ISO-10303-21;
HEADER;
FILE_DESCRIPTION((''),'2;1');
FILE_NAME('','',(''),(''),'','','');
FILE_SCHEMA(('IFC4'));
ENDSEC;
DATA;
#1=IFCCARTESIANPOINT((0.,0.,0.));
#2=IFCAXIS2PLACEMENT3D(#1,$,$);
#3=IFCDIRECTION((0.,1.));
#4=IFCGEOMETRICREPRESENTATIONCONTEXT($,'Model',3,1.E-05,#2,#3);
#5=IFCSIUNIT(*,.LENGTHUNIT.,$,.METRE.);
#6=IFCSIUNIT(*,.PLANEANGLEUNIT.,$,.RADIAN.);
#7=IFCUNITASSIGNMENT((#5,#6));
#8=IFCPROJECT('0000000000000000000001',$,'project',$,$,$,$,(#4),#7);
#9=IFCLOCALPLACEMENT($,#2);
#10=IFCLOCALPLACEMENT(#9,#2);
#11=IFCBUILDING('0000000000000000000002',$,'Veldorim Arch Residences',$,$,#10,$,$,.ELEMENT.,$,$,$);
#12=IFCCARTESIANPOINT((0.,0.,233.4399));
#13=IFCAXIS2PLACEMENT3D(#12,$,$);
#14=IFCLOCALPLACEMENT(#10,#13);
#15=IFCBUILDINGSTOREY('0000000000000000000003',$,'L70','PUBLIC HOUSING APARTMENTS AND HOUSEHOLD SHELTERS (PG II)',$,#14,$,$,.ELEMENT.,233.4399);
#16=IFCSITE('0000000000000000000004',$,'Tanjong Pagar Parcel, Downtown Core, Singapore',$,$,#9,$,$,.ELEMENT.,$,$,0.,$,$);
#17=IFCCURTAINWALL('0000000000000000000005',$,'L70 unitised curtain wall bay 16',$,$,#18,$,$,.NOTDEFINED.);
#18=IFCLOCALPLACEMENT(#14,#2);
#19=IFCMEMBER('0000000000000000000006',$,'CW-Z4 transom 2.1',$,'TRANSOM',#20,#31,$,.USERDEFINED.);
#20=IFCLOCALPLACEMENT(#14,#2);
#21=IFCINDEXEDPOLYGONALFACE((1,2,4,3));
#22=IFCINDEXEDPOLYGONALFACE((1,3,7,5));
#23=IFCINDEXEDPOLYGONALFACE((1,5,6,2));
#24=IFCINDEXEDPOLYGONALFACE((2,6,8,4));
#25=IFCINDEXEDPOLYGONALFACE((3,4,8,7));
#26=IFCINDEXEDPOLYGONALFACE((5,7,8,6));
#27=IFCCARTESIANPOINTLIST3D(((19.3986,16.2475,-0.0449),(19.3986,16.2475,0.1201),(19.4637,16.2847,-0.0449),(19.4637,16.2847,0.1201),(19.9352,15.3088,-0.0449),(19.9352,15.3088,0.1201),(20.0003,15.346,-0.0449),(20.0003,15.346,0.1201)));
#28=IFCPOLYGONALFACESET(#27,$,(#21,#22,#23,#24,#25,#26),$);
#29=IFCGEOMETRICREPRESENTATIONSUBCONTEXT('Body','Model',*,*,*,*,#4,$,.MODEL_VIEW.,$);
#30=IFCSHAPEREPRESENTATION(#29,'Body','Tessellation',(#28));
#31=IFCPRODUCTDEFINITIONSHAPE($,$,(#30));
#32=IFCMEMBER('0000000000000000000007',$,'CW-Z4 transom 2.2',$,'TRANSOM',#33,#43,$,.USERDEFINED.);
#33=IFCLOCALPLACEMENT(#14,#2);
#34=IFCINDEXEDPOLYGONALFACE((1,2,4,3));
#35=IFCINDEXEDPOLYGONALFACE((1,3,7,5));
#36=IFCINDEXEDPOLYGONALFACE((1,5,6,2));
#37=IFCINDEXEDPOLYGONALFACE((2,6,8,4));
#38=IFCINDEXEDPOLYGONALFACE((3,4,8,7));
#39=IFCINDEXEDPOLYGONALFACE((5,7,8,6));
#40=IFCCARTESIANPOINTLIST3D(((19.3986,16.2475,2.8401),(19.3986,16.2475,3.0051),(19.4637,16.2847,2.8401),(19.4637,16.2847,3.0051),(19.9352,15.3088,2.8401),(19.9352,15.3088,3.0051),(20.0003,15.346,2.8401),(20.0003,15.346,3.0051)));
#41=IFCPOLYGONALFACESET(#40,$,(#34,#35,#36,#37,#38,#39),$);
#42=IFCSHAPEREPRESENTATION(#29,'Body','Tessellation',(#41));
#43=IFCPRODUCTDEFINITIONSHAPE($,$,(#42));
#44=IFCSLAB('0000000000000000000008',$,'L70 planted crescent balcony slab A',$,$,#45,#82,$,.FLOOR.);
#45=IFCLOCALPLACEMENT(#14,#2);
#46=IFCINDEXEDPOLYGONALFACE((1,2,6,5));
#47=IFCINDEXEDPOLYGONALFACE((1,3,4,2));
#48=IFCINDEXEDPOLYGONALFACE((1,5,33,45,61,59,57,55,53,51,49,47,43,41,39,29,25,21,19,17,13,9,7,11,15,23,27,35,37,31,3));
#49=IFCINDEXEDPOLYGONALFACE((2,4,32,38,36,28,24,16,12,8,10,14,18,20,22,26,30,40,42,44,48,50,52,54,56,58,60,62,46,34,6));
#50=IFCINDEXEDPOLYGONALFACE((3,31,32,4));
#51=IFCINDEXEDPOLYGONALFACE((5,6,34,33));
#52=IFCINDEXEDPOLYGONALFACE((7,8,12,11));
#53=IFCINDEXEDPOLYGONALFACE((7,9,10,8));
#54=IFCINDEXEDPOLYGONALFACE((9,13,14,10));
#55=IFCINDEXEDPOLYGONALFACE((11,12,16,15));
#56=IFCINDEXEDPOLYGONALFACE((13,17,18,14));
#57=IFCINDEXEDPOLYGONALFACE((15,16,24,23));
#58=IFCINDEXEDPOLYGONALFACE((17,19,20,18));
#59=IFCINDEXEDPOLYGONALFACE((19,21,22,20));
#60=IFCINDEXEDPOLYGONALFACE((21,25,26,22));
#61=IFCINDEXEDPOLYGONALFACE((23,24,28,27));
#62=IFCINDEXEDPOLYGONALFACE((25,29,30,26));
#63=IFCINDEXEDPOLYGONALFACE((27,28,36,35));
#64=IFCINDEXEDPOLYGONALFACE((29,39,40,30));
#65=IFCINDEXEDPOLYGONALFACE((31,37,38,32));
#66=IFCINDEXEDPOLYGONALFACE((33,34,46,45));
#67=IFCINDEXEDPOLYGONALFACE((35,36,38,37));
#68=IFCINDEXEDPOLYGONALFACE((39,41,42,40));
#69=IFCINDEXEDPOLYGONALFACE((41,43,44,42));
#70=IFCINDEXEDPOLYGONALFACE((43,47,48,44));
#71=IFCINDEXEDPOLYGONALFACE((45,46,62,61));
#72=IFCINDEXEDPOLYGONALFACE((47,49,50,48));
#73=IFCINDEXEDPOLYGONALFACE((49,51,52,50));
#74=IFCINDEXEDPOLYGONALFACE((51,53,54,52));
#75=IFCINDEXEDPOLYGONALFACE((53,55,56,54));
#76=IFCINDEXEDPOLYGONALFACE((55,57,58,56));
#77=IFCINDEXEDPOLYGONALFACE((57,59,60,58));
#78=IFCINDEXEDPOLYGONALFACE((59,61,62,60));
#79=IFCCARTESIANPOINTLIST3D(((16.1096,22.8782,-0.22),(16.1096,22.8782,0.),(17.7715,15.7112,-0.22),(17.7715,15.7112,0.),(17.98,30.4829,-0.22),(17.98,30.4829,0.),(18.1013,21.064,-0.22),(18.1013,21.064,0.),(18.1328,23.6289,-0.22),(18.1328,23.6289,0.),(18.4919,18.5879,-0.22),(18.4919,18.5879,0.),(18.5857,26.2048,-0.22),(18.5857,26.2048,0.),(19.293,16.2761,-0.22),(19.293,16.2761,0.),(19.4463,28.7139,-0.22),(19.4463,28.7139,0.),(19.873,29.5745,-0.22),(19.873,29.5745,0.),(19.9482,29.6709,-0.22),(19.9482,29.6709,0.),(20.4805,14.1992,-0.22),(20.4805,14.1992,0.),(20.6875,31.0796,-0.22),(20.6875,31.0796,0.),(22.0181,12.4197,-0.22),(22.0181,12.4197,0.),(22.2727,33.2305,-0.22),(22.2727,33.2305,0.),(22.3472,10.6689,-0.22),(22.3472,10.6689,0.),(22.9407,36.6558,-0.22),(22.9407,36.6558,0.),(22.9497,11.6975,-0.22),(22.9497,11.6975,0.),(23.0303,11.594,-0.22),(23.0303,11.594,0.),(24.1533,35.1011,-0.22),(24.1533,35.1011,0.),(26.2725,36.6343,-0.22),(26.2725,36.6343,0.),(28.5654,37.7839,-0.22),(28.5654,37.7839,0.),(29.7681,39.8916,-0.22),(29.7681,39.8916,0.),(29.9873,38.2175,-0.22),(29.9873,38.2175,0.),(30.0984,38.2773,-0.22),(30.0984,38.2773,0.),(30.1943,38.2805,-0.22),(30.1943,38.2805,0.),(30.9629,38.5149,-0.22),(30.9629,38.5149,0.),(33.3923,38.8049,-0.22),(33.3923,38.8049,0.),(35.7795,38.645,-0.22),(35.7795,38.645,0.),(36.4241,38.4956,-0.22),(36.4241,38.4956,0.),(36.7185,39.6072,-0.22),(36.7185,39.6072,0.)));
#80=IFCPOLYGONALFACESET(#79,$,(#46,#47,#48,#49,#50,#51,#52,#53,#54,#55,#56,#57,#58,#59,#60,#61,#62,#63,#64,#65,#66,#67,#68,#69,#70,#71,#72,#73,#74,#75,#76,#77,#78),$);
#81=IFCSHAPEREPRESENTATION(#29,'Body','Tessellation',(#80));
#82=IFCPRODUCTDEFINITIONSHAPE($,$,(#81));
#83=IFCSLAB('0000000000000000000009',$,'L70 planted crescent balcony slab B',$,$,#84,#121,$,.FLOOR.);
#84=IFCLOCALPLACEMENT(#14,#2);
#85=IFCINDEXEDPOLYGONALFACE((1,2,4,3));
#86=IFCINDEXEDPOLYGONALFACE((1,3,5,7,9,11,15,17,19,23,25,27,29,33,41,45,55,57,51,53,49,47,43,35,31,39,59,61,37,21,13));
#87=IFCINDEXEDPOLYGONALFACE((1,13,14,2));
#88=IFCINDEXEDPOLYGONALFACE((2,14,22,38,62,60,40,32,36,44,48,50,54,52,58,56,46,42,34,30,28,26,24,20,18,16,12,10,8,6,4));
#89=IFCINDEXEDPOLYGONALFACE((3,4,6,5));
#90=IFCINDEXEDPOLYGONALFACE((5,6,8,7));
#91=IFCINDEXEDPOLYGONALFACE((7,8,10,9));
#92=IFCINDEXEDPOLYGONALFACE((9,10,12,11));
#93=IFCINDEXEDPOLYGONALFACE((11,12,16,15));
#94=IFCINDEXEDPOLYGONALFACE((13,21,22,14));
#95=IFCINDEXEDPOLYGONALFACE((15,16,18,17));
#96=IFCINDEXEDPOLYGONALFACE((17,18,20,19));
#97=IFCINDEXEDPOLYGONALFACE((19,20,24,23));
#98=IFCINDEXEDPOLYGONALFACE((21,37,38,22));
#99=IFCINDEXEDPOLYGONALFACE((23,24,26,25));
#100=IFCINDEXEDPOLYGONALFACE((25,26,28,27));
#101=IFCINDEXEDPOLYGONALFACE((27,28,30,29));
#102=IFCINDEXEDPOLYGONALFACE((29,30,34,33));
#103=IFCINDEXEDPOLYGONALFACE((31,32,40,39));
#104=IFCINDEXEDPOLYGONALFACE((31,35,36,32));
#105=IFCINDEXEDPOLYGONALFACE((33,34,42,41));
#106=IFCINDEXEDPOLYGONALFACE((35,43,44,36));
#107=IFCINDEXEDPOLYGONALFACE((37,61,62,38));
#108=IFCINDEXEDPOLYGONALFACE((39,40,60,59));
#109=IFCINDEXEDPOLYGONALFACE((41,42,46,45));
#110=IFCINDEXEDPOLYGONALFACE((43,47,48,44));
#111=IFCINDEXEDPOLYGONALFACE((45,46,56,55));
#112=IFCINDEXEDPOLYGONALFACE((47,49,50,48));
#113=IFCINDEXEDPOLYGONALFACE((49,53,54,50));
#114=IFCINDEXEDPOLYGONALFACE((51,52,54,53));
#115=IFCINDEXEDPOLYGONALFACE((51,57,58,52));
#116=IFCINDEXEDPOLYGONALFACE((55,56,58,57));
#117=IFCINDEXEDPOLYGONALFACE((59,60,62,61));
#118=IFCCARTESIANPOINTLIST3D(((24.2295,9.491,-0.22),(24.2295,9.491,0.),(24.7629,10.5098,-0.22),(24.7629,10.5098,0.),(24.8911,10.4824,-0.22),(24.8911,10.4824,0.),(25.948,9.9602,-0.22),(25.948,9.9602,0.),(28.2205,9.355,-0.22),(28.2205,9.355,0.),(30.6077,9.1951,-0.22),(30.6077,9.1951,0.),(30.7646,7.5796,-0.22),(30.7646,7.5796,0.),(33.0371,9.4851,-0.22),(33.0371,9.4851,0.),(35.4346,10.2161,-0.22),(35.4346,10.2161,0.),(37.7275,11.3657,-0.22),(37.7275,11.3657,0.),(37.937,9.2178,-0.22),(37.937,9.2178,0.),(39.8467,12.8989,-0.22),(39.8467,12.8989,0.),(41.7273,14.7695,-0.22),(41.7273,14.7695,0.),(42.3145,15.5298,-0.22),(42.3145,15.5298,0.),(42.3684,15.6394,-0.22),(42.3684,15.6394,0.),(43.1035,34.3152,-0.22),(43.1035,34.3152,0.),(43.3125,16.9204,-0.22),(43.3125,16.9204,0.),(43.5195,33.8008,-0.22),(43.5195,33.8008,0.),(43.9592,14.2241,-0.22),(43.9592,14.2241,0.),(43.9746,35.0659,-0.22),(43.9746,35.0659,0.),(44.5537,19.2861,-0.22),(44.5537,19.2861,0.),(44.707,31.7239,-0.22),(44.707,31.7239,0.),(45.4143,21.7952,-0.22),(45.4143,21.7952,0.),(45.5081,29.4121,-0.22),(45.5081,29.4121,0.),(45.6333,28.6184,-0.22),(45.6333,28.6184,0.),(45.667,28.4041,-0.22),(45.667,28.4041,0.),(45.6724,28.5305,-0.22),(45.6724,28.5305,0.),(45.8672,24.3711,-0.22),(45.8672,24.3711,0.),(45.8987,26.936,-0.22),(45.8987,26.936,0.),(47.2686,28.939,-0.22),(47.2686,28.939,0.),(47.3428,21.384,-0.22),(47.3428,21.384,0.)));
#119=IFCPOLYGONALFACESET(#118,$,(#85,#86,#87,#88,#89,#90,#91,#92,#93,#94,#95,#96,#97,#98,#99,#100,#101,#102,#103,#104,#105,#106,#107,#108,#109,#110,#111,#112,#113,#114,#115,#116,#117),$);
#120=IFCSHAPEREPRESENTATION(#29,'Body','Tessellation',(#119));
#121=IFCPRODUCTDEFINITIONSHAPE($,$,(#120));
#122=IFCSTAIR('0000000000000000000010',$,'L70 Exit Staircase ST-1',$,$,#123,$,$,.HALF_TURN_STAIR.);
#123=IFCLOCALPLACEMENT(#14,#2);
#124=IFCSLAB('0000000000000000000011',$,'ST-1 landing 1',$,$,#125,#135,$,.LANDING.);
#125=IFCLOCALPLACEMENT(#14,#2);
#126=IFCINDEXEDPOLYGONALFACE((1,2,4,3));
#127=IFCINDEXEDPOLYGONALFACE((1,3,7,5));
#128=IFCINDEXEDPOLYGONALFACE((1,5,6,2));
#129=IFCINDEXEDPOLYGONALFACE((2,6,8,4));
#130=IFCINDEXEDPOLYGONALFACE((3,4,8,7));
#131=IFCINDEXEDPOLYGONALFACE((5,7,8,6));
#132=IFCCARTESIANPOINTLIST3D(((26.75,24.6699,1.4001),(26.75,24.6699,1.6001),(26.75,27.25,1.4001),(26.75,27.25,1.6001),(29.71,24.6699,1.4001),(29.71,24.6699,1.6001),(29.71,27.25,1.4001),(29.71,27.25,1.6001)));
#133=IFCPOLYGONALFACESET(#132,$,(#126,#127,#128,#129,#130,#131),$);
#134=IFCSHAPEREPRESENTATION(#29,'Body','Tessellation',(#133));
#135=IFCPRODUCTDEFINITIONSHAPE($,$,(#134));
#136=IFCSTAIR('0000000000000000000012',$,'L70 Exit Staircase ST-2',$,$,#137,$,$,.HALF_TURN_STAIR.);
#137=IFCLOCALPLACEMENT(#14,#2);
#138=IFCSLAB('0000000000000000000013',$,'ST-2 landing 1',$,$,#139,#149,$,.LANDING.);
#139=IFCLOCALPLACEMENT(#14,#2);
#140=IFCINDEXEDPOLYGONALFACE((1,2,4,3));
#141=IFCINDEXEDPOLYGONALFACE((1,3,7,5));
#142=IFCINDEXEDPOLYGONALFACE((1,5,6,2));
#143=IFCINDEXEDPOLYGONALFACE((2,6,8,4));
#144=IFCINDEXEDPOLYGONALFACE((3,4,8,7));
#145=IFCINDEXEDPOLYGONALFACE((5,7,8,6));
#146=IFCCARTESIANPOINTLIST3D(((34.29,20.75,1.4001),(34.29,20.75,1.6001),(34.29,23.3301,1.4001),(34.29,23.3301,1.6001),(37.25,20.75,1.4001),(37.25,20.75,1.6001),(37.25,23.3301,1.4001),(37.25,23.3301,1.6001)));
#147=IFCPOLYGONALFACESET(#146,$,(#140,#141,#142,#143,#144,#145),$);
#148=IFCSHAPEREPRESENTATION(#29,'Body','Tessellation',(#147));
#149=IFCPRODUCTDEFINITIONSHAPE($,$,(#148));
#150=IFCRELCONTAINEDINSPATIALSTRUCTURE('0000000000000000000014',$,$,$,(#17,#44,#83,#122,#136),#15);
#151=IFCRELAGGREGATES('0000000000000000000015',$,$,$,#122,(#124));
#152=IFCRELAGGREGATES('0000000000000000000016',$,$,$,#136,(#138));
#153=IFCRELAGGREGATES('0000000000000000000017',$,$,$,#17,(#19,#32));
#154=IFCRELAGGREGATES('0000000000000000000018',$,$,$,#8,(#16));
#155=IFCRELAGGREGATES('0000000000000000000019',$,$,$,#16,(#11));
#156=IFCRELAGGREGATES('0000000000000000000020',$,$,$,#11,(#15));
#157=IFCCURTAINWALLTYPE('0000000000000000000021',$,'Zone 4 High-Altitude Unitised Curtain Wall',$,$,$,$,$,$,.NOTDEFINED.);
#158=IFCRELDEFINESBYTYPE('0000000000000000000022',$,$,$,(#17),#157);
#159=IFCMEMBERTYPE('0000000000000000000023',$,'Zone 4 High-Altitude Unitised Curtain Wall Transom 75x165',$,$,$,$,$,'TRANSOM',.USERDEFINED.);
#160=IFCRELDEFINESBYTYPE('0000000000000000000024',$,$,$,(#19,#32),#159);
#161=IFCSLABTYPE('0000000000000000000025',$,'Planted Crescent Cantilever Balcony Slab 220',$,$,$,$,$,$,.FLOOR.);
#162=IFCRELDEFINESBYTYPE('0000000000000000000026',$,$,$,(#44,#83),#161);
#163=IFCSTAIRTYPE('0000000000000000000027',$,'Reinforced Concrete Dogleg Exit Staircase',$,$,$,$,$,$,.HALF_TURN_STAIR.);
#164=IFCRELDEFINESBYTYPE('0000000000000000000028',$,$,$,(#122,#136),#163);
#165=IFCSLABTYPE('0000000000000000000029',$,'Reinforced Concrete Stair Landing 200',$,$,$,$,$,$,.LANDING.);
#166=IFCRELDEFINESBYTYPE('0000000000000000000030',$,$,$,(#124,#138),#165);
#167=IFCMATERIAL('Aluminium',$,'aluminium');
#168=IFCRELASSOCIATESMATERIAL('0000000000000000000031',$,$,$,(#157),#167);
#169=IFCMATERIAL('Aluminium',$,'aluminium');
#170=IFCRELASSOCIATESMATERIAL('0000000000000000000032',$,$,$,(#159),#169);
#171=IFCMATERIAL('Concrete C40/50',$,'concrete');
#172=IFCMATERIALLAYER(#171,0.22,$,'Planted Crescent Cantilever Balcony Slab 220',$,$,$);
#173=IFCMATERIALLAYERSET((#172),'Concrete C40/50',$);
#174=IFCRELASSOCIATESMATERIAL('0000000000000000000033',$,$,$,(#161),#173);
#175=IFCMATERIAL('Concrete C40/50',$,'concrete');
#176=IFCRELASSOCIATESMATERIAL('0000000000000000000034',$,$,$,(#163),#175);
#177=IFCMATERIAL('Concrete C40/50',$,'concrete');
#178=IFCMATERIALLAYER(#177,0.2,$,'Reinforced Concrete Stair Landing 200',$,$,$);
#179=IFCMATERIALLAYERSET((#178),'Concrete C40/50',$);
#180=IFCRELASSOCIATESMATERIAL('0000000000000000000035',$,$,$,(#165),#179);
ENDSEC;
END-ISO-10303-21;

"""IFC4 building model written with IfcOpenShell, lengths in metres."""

from ifc_helpers import new_model, si_unit, direction, frame, origin, origin_2d, place, context, subcontext, project, spatial, polyline, rectangle, outline, extrude, material, layer, layer_set, material_profile, profile_set, type_object, element, aggregate, save


model = new_model("IFC4")

# Units and contexts
model_context = context("Model", 3, precision=1e-05, world=origin(), true_north=direction((0.0, 1.0)))
body_context = subcontext(model_context, "Body", "Model", "MODEL_VIEW")
ifc_project = project(units=[si_unit("LENGTHUNIT", "METRE"), si_unit("PLANEANGLEUNIT", "RADIAN")], contexts=[model_context])

# Site, building, storey
site_placement = place(None, origin())
site = spatial("IfcSite", under=ifc_project, at=site_placement, Name="Tanjong Pagar Parcel, Downtown Core, Singapore", CompositionType="ELEMENT", RefElevation=0.0)
building_placement = place(site_placement, origin())
building = spatial("IfcBuilding", under=site, at=building_placement, Name="Veldorim Arch Residences", CompositionType="ELEMENT")
storey_placement = place(building_placement, frame((0.0, 0.0, 233.4399)))
storey = spatial("IfcBuildingStorey", under=building, at=storey_placement, Name="L70", Description="PUBLIC HOUSING APARTMENTS AND HOUSEHOLD SHELTERS (PG II)", CompositionType="ELEMENT", Elevation=233.4399)

# Curtain wall, members
ifc_material_1 = material(Name="Aluminium", Category="aluminium")
curtain_wall_type = type_object("IfcCurtainWallType", Name="Zone 4 High-Altitude Unitised Curtain Wall", PredefinedType="NOTDEFINED", material=ifc_material_1)
curtain_wall_placement = place(storey_placement, origin())
curtain_wall = element("IfcCurtainWall", 1, at=curtain_wall_placement, inside=storey, type_object=curtain_wall_type, Name="L70 unitised curtain wall bay 16", PredefinedType="NOTDEFINED")
ifc_material_2 = material(Name="Aluminium", Category="aluminium")
ifc_material_profile_1 = material_profile(ifc_material_2, rectangle(XDim=0.075, YDim=0.165, at=origin_2d()), Name="ALU_TRN_75x165")
ifc_profile_set_1 = profile_set([ifc_material_profile_1], Name="Aluminium")
member_type_1 = type_object("IfcMemberType", Name="Zone 4 High-Altitude Unitised Curtain Wall Transom 75x165", ElementType="TRANSOM", PredefinedType="USERDEFINED", material=ifc_profile_set_1)
member_1_placement = place(storey_placement, frame((19.9678, 15.3274, 0.0376), z_axis=(-0.496285, 0.86816, 0.0), x_axis=(-0.86816, -0.496285, 0.0)))
member_1 = element("IfcMember", 2, at=member_1_placement, type_object=member_type_1, Name="CW-Z4 transom 2.1", ObjectType="TRANSOM", PredefinedType="USERDEFINED", context=body_context, shape_type="SweptSolid", body=[
    extrude(rectangle(XDim=0.075, YDim=0.165, at=origin_2d()), origin(), (0.0, 0.0, 1.0), 1.0813),
])
member_2_placement = place(storey_placement, frame((19.9678, 15.3274, 2.9226), z_axis=(-0.496285, 0.86816, 0.0), x_axis=(-0.86816, -0.496285, 0.0)))
member_2 = element("IfcMember", 3, at=member_2_placement, type_object=member_type_1, Name="CW-Z4 transom 2.2", ObjectType="TRANSOM", PredefinedType="USERDEFINED", context=body_context, shape_type="SweptSolid", body=[
    extrude(rectangle(XDim=0.075, YDim=0.165, at=origin_2d()), origin(), (0.0, 0.0, 1.0), 1.0813),
])

# Slabs
ifc_material_3 = material(Name="Concrete C40/50", Category="concrete")
ifc_layer_1 = layer(ifc_material_3, 0.22, Name="Planted Crescent Cantilever Balcony Slab 220")
ifc_layer_set_1 = layer_set([ifc_layer_1], Name="Concrete C40/50")
slab_type_1 = type_object("IfcSlabType", Name="Planted Crescent Cantilever Balcony Slab 220", PredefinedType="FLOOR", material=ifc_layer_set_1)
slab_1_placement = place(storey_placement, frame((0.0, 0.0, -0.22)))
element("IfcSlab", 4, at=slab_1_placement, inside=storey, type_object=slab_type_1, Name="L70 planted crescent balcony slab A", PredefinedType="FLOOR", context=body_context, shape_type="SweptSolid", body=[
    extrude(outline(polyline([(36.4241, 38.4956), (35.7795, 38.645), (33.3923, 38.8049), (30.9629, 38.5149), (30.1943, 38.2805), (30.0984, 38.2773), (29.9873, 38.2175), (28.5654, 37.7839), (26.2725, 36.6343), (24.1533, 35.1011), (22.2727, 33.2305), (20.6875, 31.0796), (19.9482, 29.6709), (19.873, 29.5745), (19.4463, 28.7139), (18.5857, 26.2048), (18.1328, 23.6289), (18.1013, 21.064), (18.4919, 18.5879), (19.293, 16.2761), (20.4805, 14.1992), (22.0181, 12.4197), (22.9497, 11.6975), (23.0303, 11.594), (22.3472, 10.6689), (17.7715, 15.7112), (16.1096, 22.8782), (17.98, 30.4829), (22.9407, 36.6558), (29.7681, 39.8916), (36.7185, 39.6072), (36.4241, 38.4956)])), origin(), (0.0, 0.0, 1.0), 0.22),
])
slab_2_placement = place(storey_placement, frame((0.0, 0.0, -0.22)))
element("IfcSlab", 5, at=slab_2_placement, inside=storey, type_object=slab_type_1, Name="L70 planted crescent balcony slab B", PredefinedType="FLOOR", context=body_context, shape_type="SweptSolid", body=[
    extrude(outline(polyline([(24.8911, 10.4824), (25.948, 9.9602), (28.2205, 9.355), (30.6077, 9.1951), (33.0371, 9.4851), (35.4346, 10.2161), (37.7275, 11.3657), (39.8467, 12.8989), (41.7273, 14.7695), (42.3145, 15.5298), (42.3684, 15.6394), (43.3125, 16.9204), (44.5537, 19.2861), (45.4143, 21.7952), (45.8672, 24.3711), (45.8987, 26.936), (45.667, 28.4041), (45.6724, 28.5305), (45.6333, 28.6184), (45.5081, 29.4121), (44.707, 31.7239), (43.5195, 33.8008), (43.1035, 34.3152), (43.9746, 35.0659), (47.2686, 28.939), (47.3428, 21.384), (43.9592, 14.2241), (37.937, 9.2178), (30.7646, 7.5796), (24.2295, 9.491), (24.7629, 10.5098), (24.8911, 10.4824)])), origin(), (0.0, 0.0, 1.0), 0.22),
])

# Stairs, slabs
ifc_material_4 = material(Name="Concrete C40/50", Category="concrete")
stair_type = type_object("IfcStairType", Name="Reinforced Concrete Dogleg Exit Staircase", PredefinedType="HALF_TURN_STAIR", material=ifc_material_4)
stair_1_placement = place(storey_placement, origin())
stair_1 = element("IfcStair", 6, at=stair_1_placement, inside=storey, type_object=stair_type, Name="L70 Exit Staircase ST-1", PredefinedType="HALF_TURN_STAIR")
ifc_material_5 = material(Name="Concrete C40/50", Category="concrete")
ifc_layer_2 = layer(ifc_material_5, 0.2, Name="Reinforced Concrete Stair Landing 200")
ifc_layer_set_2 = layer_set([ifc_layer_2], Name="Concrete C40/50")
slab_type_2 = type_object("IfcSlabType", Name="Reinforced Concrete Stair Landing 200", PredefinedType="LANDING", material=ifc_layer_set_2)
slab_3_placement = place(storey_placement, frame((0.0, 0.0, 1.4001)))
slab_3 = element("IfcSlab", 7, at=slab_3_placement, type_object=slab_type_2, Name="ST-1 landing 1", PredefinedType="LANDING", context=body_context, shape_type="SweptSolid", body=[
    extrude(outline(polyline([(29.71, 24.6699), (29.71, 27.25), (26.75, 27.25), (26.75, 24.6699), (29.71, 24.6699)])), origin(), (0.0, 0.0, 1.0), 0.2),
])
aggregate(stair_1, [slab_3])
stair_2_placement = place(storey_placement, origin())
stair_2 = element("IfcStair", 8, at=stair_2_placement, inside=storey, type_object=stair_type, Name="L70 Exit Staircase ST-2", PredefinedType="HALF_TURN_STAIR")
slab_4_placement = place(storey_placement, frame((0.0, 0.0, 1.4001)))
slab_4 = element("IfcSlab", 9, at=slab_4_placement, type_object=slab_type_2, Name="ST-2 landing 1", PredefinedType="LANDING", context=body_context, shape_type="SweptSolid", body=[
    extrude(outline(polyline([(34.29, 23.3301), (34.29, 20.75), (37.25, 20.75), (37.25, 23.3301), (34.29, 23.3301)])), origin(), (0.0, 0.0, 1.0), 0.2),
])
aggregate(stair_2, [slab_4])

aggregate(curtain_wall, [member_1, member_2])

save(model, "model.ifc")
